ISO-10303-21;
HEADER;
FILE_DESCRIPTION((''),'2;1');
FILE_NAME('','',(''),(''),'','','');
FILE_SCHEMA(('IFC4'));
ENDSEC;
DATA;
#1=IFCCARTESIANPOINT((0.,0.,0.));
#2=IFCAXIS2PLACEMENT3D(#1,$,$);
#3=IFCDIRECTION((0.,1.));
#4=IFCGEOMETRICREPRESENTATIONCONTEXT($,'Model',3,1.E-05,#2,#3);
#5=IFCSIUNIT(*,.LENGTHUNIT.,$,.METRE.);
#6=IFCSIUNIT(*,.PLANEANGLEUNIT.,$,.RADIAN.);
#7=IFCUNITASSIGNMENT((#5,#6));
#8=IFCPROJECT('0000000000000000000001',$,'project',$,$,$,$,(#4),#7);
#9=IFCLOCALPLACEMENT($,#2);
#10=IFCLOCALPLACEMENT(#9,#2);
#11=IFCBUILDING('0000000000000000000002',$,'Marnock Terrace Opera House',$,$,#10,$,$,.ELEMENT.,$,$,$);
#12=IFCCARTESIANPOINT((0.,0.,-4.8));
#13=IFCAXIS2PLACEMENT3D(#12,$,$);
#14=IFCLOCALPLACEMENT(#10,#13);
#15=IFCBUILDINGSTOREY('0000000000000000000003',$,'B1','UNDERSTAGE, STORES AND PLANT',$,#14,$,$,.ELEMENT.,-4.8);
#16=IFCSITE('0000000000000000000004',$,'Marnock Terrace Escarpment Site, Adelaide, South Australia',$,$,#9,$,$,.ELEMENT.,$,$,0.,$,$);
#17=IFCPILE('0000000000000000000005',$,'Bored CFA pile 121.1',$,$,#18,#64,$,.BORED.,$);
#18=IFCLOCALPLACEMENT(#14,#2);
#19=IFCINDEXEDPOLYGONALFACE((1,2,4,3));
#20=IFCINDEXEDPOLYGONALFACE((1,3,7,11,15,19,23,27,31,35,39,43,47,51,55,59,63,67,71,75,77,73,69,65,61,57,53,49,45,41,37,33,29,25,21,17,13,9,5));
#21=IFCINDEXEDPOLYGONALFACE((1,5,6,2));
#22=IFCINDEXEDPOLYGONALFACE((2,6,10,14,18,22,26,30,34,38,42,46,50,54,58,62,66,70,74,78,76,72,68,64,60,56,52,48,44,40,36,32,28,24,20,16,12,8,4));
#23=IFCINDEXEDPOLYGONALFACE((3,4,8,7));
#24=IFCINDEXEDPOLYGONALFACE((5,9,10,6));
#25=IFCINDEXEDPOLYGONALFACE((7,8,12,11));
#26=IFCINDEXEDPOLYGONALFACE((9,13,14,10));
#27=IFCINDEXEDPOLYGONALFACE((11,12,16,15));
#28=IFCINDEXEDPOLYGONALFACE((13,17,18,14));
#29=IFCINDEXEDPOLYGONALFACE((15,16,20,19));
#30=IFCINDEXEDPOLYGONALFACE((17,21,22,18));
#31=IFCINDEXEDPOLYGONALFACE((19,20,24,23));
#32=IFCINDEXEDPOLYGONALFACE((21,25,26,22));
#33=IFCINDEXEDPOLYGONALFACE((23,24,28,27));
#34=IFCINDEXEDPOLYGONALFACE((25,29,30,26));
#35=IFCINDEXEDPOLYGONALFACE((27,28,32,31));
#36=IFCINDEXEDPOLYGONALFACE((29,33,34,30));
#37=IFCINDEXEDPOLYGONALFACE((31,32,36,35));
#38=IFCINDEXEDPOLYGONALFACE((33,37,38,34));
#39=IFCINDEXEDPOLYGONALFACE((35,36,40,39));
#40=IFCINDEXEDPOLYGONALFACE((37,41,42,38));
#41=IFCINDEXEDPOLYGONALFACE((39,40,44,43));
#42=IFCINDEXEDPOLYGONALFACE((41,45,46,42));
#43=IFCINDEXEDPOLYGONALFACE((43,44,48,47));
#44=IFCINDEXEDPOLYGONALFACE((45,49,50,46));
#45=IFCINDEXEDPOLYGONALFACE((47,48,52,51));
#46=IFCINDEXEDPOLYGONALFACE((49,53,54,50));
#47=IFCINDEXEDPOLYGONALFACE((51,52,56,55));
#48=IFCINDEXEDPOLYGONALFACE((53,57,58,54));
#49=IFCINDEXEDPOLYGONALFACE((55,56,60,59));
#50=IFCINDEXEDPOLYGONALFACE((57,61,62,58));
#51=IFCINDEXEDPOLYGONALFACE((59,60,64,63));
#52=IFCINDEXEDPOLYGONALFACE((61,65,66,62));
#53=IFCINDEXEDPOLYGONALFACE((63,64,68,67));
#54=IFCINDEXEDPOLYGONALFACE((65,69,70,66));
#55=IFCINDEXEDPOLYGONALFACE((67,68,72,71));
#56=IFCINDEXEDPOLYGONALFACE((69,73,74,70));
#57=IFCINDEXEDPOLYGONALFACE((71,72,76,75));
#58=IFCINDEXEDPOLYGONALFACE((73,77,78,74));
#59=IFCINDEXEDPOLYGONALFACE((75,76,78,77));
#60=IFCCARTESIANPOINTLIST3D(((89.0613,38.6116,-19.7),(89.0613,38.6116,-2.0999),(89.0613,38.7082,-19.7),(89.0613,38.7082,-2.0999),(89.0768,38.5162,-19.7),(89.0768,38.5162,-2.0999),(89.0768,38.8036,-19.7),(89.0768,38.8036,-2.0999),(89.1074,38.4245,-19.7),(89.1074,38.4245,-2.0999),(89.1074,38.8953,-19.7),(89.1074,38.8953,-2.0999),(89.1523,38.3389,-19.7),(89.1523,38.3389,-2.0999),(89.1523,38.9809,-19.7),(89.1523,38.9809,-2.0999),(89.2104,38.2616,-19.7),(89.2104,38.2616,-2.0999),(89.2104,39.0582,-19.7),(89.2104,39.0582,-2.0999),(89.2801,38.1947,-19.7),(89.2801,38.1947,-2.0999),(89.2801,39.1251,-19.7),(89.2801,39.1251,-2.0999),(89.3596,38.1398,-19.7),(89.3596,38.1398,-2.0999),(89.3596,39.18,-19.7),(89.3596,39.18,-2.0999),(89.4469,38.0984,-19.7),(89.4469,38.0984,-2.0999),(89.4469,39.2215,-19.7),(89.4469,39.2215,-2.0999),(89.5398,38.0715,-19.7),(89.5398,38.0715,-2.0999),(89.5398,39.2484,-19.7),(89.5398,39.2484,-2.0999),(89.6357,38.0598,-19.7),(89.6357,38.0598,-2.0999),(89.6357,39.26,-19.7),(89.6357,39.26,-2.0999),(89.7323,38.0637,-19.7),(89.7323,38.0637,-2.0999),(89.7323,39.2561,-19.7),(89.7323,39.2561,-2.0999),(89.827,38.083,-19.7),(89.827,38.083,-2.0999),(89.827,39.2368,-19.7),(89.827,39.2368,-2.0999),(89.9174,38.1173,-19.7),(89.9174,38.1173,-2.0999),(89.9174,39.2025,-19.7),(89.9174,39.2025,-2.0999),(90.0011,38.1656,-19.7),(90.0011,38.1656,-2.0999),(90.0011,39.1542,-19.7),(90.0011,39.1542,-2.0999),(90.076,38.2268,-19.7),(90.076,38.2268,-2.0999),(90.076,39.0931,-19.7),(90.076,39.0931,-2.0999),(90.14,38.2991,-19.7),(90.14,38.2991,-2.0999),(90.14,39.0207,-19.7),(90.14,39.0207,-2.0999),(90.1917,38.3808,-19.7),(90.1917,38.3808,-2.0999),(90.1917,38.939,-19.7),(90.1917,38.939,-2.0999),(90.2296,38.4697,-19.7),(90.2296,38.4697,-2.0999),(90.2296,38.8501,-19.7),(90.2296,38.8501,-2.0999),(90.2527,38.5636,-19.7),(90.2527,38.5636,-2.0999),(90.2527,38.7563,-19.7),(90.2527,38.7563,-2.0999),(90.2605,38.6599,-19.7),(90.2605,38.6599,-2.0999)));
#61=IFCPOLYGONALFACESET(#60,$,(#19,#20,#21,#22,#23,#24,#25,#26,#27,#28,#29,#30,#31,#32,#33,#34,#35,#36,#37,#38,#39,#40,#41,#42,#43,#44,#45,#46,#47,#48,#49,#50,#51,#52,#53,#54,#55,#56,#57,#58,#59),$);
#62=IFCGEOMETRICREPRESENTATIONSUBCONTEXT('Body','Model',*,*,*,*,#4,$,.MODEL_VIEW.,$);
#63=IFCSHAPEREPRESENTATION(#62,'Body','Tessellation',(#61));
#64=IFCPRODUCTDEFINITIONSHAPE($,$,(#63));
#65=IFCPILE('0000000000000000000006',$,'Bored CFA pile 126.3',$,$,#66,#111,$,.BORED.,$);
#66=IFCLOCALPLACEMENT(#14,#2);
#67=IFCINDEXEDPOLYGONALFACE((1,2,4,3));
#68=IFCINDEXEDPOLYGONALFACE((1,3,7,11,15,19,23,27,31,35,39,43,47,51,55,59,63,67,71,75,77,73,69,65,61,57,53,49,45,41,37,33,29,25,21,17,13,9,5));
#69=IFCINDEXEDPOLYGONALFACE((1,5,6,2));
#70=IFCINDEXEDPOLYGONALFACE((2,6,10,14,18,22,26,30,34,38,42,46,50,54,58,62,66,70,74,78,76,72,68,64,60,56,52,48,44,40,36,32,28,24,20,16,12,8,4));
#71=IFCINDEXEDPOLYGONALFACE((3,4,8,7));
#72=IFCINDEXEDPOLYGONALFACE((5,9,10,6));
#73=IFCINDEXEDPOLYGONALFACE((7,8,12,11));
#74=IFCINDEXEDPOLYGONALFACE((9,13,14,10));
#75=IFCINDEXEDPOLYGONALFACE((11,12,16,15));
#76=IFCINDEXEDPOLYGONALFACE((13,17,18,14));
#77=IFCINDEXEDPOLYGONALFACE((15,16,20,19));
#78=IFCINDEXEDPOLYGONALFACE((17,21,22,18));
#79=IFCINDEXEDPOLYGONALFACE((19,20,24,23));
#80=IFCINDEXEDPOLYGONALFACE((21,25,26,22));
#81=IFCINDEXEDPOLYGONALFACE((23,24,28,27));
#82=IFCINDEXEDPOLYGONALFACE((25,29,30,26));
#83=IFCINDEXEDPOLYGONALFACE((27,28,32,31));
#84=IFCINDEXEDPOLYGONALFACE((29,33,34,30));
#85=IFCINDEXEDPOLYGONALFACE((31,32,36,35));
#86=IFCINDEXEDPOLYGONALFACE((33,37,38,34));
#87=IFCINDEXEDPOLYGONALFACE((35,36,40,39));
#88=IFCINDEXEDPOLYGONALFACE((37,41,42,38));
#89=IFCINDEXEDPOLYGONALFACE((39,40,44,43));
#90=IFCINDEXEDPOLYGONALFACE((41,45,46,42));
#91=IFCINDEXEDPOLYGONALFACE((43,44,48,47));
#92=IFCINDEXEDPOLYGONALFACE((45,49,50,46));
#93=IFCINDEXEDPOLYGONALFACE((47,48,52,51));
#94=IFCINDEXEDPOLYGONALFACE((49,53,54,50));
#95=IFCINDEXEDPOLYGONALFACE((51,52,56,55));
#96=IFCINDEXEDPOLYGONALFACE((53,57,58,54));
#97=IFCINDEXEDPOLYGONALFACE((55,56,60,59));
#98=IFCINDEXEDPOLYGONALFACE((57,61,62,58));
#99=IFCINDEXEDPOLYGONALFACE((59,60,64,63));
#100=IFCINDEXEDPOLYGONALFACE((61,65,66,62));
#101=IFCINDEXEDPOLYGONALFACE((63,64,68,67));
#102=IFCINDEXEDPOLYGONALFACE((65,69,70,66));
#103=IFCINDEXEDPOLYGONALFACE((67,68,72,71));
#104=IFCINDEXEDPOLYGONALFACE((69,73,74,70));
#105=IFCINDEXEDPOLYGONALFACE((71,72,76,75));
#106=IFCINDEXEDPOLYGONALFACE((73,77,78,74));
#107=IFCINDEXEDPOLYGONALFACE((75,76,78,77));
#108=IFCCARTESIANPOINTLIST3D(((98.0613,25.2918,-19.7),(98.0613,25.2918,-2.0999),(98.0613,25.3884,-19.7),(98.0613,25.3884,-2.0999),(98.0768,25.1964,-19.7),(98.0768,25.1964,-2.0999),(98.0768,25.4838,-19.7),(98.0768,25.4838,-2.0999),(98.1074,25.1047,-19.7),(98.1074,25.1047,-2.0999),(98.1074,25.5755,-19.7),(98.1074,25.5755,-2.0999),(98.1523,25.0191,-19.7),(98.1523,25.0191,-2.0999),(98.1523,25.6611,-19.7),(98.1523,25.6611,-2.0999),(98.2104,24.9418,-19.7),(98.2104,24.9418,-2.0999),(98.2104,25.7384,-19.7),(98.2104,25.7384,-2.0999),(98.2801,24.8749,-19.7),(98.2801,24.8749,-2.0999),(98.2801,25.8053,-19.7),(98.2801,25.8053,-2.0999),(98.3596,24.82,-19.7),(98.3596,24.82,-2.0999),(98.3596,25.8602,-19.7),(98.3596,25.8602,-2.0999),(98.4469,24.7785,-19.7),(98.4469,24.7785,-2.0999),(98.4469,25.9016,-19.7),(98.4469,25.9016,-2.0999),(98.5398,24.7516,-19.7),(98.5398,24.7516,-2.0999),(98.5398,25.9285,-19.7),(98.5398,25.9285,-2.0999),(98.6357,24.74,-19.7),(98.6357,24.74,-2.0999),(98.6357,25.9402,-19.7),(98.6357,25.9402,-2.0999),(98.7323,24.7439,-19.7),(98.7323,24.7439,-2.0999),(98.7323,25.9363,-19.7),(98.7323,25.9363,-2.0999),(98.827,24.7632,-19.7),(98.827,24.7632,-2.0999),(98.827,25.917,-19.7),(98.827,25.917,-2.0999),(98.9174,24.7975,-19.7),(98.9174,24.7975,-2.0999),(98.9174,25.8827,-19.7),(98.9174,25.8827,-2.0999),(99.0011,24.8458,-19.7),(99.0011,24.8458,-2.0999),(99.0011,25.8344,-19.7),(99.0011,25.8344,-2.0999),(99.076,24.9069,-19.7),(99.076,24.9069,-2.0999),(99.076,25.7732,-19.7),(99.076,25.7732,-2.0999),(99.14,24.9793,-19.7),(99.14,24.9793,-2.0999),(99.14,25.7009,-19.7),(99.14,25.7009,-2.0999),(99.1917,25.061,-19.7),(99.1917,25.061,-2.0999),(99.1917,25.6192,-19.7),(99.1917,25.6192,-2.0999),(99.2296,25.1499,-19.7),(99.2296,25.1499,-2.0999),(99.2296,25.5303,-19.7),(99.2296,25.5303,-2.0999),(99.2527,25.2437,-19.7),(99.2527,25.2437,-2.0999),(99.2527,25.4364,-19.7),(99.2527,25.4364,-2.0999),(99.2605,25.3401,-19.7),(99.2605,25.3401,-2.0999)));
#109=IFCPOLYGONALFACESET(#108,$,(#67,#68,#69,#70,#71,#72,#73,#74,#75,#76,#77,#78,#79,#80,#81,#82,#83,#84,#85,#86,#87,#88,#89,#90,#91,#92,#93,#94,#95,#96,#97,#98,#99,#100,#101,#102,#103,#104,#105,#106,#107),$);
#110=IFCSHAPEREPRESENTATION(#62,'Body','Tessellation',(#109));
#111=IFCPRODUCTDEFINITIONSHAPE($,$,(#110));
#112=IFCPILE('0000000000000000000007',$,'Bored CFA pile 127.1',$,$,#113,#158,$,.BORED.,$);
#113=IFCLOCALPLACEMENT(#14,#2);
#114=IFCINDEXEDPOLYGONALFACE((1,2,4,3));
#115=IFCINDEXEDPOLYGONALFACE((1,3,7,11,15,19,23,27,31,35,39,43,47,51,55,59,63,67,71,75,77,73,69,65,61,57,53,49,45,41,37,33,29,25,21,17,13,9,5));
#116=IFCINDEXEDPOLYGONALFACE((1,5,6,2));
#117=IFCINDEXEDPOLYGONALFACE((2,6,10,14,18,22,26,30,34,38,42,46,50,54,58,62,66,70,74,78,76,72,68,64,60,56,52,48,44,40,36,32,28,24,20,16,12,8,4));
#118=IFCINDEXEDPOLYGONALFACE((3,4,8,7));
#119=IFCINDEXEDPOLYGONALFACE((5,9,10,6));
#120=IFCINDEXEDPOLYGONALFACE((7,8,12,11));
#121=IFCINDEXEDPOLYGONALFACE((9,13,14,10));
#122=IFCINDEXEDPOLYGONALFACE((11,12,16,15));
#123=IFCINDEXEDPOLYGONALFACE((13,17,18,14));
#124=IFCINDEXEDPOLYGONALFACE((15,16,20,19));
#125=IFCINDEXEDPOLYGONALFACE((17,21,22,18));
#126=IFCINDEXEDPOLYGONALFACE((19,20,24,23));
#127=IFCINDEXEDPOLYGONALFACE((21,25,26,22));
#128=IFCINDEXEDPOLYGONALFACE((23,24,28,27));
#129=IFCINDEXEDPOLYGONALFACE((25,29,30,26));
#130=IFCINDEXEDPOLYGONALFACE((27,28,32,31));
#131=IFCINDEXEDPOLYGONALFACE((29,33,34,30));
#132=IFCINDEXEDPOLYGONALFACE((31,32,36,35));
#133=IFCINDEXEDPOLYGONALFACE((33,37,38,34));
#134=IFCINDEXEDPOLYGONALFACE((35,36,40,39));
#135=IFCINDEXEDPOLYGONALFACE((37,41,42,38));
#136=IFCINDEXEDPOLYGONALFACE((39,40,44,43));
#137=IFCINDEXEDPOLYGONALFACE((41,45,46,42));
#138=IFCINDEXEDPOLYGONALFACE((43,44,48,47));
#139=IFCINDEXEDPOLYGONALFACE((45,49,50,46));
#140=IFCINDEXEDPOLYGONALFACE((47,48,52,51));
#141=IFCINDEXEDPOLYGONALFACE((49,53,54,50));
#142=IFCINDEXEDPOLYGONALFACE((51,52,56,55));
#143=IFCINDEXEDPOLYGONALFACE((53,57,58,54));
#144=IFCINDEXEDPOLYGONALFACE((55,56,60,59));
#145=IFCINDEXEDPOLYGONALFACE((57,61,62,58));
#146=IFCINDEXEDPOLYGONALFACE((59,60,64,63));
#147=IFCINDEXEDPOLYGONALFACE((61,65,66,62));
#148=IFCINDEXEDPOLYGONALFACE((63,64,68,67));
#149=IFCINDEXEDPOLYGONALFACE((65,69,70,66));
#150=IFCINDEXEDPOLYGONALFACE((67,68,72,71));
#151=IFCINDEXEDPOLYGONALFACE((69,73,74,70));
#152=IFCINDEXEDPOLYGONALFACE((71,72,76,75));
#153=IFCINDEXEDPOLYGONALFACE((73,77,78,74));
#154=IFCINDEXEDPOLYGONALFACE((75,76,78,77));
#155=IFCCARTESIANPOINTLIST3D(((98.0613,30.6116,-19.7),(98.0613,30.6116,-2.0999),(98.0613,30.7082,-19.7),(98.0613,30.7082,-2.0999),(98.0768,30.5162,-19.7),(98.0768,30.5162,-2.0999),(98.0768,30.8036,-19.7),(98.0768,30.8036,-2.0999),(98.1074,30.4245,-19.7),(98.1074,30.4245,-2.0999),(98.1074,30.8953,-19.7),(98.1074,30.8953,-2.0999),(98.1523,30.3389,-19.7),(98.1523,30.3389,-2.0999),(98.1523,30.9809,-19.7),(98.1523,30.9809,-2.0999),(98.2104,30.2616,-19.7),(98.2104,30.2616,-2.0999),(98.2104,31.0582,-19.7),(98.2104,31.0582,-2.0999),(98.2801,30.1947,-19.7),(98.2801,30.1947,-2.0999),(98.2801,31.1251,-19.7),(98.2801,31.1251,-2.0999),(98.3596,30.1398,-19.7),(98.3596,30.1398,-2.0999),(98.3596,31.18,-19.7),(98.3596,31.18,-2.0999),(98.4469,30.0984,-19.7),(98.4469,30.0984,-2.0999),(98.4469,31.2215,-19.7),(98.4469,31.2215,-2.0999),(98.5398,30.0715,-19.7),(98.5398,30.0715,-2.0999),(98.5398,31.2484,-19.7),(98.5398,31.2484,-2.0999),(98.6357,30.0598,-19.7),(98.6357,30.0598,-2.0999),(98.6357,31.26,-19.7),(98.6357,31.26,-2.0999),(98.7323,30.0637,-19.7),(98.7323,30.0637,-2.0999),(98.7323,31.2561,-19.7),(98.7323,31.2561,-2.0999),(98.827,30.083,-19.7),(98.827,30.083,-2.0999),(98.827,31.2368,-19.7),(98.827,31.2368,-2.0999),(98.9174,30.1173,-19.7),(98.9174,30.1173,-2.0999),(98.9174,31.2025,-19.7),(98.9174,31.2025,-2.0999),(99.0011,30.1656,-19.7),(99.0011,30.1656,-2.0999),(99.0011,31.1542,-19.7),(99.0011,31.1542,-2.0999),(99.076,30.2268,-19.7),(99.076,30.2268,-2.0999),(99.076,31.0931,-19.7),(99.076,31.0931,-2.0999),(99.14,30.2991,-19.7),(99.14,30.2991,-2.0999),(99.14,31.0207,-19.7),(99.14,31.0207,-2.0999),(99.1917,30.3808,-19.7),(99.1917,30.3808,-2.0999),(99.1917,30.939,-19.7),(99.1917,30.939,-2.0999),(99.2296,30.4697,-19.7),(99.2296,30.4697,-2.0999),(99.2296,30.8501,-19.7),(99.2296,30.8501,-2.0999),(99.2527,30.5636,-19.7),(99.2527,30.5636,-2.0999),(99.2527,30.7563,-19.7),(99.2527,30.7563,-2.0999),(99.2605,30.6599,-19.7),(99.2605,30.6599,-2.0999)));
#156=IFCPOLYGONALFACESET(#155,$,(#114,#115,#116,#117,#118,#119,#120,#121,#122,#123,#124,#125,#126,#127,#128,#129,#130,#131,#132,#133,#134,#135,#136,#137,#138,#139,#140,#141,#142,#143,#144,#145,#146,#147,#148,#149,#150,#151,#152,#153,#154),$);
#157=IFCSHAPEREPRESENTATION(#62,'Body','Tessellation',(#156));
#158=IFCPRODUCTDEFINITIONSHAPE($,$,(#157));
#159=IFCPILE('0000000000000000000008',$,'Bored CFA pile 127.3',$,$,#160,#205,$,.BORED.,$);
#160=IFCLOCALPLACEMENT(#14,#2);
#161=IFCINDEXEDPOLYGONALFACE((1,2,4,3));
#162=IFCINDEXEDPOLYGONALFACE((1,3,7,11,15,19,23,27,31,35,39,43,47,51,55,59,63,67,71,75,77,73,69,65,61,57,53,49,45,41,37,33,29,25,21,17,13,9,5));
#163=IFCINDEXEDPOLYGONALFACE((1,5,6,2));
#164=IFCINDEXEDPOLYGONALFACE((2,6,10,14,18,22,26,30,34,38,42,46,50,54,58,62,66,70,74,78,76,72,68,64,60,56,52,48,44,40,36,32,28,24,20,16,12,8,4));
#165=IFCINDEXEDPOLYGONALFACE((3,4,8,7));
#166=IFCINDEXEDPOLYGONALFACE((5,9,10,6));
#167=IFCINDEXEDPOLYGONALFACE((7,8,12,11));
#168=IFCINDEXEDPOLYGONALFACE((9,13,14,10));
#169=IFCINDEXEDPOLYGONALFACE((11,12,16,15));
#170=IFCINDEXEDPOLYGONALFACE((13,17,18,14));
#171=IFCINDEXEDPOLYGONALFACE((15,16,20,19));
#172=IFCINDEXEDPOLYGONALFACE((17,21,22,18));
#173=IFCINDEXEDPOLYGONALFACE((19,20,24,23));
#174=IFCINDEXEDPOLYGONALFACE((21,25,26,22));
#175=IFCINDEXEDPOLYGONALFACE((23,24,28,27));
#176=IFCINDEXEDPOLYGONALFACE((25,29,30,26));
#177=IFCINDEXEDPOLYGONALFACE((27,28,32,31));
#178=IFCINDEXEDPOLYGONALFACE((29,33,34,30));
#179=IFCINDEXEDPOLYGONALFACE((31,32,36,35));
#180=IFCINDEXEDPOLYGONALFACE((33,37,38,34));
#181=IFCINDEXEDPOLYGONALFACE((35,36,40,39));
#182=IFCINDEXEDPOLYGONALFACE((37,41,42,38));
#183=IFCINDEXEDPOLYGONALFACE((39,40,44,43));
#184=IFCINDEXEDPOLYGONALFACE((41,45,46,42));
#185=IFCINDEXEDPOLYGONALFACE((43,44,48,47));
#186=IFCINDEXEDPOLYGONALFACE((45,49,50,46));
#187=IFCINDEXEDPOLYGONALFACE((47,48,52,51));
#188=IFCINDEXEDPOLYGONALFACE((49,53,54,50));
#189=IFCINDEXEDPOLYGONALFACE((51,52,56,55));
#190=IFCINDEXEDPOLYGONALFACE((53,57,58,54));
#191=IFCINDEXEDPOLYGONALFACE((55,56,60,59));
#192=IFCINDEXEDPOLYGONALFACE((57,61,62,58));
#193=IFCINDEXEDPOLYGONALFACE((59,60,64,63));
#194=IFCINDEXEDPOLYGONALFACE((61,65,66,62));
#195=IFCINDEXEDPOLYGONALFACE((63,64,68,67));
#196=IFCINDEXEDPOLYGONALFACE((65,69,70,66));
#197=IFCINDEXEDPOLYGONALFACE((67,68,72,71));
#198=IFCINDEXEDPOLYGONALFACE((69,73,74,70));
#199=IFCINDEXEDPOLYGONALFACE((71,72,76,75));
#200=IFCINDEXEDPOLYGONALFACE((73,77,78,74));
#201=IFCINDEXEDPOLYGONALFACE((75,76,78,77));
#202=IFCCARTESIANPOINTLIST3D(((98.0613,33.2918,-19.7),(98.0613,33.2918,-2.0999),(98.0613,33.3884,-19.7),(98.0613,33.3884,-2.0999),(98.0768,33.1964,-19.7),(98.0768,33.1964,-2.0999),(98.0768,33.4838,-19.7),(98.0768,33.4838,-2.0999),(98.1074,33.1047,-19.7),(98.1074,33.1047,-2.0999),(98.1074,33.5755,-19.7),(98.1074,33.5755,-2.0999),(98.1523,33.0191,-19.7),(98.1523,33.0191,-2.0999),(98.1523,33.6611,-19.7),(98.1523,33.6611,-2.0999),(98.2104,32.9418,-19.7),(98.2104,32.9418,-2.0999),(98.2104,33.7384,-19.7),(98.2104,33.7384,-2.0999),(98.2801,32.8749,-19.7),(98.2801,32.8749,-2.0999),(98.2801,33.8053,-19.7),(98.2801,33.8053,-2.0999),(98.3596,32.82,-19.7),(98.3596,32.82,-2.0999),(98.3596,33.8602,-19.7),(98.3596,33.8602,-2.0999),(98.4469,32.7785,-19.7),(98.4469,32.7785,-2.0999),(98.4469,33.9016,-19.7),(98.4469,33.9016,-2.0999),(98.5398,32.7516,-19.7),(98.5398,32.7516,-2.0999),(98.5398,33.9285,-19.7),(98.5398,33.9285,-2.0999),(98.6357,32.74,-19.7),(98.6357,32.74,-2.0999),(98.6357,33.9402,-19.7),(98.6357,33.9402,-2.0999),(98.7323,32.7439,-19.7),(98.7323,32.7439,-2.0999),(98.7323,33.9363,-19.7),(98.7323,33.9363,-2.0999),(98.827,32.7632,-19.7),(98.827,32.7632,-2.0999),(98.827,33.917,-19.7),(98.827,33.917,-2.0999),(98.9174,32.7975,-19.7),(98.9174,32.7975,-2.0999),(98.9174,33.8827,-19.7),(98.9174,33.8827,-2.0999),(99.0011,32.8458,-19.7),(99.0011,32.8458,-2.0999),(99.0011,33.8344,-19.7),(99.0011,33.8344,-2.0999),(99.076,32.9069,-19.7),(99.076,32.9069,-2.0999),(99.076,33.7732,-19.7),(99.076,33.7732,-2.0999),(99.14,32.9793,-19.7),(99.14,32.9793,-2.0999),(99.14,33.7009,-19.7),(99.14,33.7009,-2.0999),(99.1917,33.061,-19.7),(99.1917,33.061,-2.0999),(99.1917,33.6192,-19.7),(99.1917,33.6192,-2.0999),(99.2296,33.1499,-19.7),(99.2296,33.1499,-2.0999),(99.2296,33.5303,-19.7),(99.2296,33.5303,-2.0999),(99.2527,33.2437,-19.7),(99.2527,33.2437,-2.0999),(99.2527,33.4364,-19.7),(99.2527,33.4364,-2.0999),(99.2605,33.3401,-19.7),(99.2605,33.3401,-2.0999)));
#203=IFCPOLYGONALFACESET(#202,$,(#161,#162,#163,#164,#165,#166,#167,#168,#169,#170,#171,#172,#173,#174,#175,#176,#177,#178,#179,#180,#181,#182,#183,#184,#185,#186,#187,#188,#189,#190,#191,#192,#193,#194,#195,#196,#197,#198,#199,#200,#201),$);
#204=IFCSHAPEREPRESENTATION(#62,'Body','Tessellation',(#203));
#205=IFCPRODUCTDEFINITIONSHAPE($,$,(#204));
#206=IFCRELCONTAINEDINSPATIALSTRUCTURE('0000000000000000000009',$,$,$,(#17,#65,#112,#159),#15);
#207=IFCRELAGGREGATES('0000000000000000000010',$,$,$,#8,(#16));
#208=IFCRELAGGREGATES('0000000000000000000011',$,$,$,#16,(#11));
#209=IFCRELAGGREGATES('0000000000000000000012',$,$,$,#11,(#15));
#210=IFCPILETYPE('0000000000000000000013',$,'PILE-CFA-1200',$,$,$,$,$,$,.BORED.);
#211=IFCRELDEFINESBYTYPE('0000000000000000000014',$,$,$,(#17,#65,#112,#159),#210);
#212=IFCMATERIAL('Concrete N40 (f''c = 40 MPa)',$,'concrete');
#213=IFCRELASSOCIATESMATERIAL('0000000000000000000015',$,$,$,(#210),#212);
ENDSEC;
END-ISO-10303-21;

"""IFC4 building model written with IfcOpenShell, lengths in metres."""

from ifc_helpers import new_model, si_unit, direction, frame, origin, origin_2d, place, context, subcontext, project, spatial, circle, extrude, material, material_profile, profile_set, type_object, element, save


model = new_model("IFC4")

# Units and contexts
model_context = context("Model", 3, precision=1e-05, world=origin(), true_north=direction((0.0, 1.0)))
body_context = subcontext(model_context, "Body", "Model", "MODEL_VIEW")
ifc_project = project(units=[si_unit("LENGTHUNIT", "METRE"), si_unit("PLANEANGLEUNIT", "RADIAN")], contexts=[model_context])

# Site, building, storey
site_placement = place(None, origin())
site = spatial("IfcSite", under=ifc_project, at=site_placement, Name="Marnock Terrace Escarpment Site, Adelaide, South Australia", CompositionType="ELEMENT", RefElevation=0.0)
building_placement = place(site_placement, origin())
building = spatial("IfcBuilding", under=site, at=building_placement, Name="Marnock Terrace Opera House", CompositionType="ELEMENT")
storey_placement = place(building_placement, frame((0.0, 0.0, -4.8)))
storey = spatial("IfcBuildingStorey", under=building, at=storey_placement, Name="B1", Description="UNDERSTAGE, STORES AND PLANT", CompositionType="ELEMENT", Elevation=-4.8)

# Shared definitions
ifc_material_1 = material(Name="Concrete N40 (f'c = 40 MPa)", Category="concrete")

# Piles
ifc_material_profile_1 = material_profile(ifc_material_1, circle(Radius=0.6006, at=origin_2d()))
ifc_profile_set_1 = profile_set([ifc_material_profile_1], Name="Concrete N40 (f'c = 40 MPa)")
pile_type = type_object("IfcPileType", Name="PILE-CFA-1200", PredefinedType="BORED", material=ifc_profile_set_1)
for number, where, z_axis, x_axis, name in (
    (1, (89.6599, 38.6599, -2.0999), (0.0, 0.0, -1.0), (1.0, 0.0, 0.0), "Bored CFA pile 121.1"),
    (2, (98.6599, 25.3401, -2.0999), (0.0, 0.0, -1.0), (1.0, 0.0, 0.0), "Bored CFA pile 126.3"),
    (3, (98.6599, 30.6599, -2.0999), (0.0, 0.0, -1.0), (1.0, 0.0, 0.0), "Bored CFA pile 127.1"),
    (4, (98.6599, 33.3401, -2.0999), (0.0, 0.0, -1.0), (1.0, 0.0, 0.0), "Bored CFA pile 127.3"),
):
    element("IfcPile", number, at=place(storey_placement, frame(where, z_axis=z_axis, x_axis=x_axis)), inside=storey, type_object=pile_type, Name=name, PredefinedType="BORED", context=body_context, shape_type="SweptSolid", body=[
        extrude(circle(Radius=0.6006, at=origin_2d()), origin(), (0.0, 0.0, 1.0), 17.6001),
    ])

save(model, "model.ifc")
